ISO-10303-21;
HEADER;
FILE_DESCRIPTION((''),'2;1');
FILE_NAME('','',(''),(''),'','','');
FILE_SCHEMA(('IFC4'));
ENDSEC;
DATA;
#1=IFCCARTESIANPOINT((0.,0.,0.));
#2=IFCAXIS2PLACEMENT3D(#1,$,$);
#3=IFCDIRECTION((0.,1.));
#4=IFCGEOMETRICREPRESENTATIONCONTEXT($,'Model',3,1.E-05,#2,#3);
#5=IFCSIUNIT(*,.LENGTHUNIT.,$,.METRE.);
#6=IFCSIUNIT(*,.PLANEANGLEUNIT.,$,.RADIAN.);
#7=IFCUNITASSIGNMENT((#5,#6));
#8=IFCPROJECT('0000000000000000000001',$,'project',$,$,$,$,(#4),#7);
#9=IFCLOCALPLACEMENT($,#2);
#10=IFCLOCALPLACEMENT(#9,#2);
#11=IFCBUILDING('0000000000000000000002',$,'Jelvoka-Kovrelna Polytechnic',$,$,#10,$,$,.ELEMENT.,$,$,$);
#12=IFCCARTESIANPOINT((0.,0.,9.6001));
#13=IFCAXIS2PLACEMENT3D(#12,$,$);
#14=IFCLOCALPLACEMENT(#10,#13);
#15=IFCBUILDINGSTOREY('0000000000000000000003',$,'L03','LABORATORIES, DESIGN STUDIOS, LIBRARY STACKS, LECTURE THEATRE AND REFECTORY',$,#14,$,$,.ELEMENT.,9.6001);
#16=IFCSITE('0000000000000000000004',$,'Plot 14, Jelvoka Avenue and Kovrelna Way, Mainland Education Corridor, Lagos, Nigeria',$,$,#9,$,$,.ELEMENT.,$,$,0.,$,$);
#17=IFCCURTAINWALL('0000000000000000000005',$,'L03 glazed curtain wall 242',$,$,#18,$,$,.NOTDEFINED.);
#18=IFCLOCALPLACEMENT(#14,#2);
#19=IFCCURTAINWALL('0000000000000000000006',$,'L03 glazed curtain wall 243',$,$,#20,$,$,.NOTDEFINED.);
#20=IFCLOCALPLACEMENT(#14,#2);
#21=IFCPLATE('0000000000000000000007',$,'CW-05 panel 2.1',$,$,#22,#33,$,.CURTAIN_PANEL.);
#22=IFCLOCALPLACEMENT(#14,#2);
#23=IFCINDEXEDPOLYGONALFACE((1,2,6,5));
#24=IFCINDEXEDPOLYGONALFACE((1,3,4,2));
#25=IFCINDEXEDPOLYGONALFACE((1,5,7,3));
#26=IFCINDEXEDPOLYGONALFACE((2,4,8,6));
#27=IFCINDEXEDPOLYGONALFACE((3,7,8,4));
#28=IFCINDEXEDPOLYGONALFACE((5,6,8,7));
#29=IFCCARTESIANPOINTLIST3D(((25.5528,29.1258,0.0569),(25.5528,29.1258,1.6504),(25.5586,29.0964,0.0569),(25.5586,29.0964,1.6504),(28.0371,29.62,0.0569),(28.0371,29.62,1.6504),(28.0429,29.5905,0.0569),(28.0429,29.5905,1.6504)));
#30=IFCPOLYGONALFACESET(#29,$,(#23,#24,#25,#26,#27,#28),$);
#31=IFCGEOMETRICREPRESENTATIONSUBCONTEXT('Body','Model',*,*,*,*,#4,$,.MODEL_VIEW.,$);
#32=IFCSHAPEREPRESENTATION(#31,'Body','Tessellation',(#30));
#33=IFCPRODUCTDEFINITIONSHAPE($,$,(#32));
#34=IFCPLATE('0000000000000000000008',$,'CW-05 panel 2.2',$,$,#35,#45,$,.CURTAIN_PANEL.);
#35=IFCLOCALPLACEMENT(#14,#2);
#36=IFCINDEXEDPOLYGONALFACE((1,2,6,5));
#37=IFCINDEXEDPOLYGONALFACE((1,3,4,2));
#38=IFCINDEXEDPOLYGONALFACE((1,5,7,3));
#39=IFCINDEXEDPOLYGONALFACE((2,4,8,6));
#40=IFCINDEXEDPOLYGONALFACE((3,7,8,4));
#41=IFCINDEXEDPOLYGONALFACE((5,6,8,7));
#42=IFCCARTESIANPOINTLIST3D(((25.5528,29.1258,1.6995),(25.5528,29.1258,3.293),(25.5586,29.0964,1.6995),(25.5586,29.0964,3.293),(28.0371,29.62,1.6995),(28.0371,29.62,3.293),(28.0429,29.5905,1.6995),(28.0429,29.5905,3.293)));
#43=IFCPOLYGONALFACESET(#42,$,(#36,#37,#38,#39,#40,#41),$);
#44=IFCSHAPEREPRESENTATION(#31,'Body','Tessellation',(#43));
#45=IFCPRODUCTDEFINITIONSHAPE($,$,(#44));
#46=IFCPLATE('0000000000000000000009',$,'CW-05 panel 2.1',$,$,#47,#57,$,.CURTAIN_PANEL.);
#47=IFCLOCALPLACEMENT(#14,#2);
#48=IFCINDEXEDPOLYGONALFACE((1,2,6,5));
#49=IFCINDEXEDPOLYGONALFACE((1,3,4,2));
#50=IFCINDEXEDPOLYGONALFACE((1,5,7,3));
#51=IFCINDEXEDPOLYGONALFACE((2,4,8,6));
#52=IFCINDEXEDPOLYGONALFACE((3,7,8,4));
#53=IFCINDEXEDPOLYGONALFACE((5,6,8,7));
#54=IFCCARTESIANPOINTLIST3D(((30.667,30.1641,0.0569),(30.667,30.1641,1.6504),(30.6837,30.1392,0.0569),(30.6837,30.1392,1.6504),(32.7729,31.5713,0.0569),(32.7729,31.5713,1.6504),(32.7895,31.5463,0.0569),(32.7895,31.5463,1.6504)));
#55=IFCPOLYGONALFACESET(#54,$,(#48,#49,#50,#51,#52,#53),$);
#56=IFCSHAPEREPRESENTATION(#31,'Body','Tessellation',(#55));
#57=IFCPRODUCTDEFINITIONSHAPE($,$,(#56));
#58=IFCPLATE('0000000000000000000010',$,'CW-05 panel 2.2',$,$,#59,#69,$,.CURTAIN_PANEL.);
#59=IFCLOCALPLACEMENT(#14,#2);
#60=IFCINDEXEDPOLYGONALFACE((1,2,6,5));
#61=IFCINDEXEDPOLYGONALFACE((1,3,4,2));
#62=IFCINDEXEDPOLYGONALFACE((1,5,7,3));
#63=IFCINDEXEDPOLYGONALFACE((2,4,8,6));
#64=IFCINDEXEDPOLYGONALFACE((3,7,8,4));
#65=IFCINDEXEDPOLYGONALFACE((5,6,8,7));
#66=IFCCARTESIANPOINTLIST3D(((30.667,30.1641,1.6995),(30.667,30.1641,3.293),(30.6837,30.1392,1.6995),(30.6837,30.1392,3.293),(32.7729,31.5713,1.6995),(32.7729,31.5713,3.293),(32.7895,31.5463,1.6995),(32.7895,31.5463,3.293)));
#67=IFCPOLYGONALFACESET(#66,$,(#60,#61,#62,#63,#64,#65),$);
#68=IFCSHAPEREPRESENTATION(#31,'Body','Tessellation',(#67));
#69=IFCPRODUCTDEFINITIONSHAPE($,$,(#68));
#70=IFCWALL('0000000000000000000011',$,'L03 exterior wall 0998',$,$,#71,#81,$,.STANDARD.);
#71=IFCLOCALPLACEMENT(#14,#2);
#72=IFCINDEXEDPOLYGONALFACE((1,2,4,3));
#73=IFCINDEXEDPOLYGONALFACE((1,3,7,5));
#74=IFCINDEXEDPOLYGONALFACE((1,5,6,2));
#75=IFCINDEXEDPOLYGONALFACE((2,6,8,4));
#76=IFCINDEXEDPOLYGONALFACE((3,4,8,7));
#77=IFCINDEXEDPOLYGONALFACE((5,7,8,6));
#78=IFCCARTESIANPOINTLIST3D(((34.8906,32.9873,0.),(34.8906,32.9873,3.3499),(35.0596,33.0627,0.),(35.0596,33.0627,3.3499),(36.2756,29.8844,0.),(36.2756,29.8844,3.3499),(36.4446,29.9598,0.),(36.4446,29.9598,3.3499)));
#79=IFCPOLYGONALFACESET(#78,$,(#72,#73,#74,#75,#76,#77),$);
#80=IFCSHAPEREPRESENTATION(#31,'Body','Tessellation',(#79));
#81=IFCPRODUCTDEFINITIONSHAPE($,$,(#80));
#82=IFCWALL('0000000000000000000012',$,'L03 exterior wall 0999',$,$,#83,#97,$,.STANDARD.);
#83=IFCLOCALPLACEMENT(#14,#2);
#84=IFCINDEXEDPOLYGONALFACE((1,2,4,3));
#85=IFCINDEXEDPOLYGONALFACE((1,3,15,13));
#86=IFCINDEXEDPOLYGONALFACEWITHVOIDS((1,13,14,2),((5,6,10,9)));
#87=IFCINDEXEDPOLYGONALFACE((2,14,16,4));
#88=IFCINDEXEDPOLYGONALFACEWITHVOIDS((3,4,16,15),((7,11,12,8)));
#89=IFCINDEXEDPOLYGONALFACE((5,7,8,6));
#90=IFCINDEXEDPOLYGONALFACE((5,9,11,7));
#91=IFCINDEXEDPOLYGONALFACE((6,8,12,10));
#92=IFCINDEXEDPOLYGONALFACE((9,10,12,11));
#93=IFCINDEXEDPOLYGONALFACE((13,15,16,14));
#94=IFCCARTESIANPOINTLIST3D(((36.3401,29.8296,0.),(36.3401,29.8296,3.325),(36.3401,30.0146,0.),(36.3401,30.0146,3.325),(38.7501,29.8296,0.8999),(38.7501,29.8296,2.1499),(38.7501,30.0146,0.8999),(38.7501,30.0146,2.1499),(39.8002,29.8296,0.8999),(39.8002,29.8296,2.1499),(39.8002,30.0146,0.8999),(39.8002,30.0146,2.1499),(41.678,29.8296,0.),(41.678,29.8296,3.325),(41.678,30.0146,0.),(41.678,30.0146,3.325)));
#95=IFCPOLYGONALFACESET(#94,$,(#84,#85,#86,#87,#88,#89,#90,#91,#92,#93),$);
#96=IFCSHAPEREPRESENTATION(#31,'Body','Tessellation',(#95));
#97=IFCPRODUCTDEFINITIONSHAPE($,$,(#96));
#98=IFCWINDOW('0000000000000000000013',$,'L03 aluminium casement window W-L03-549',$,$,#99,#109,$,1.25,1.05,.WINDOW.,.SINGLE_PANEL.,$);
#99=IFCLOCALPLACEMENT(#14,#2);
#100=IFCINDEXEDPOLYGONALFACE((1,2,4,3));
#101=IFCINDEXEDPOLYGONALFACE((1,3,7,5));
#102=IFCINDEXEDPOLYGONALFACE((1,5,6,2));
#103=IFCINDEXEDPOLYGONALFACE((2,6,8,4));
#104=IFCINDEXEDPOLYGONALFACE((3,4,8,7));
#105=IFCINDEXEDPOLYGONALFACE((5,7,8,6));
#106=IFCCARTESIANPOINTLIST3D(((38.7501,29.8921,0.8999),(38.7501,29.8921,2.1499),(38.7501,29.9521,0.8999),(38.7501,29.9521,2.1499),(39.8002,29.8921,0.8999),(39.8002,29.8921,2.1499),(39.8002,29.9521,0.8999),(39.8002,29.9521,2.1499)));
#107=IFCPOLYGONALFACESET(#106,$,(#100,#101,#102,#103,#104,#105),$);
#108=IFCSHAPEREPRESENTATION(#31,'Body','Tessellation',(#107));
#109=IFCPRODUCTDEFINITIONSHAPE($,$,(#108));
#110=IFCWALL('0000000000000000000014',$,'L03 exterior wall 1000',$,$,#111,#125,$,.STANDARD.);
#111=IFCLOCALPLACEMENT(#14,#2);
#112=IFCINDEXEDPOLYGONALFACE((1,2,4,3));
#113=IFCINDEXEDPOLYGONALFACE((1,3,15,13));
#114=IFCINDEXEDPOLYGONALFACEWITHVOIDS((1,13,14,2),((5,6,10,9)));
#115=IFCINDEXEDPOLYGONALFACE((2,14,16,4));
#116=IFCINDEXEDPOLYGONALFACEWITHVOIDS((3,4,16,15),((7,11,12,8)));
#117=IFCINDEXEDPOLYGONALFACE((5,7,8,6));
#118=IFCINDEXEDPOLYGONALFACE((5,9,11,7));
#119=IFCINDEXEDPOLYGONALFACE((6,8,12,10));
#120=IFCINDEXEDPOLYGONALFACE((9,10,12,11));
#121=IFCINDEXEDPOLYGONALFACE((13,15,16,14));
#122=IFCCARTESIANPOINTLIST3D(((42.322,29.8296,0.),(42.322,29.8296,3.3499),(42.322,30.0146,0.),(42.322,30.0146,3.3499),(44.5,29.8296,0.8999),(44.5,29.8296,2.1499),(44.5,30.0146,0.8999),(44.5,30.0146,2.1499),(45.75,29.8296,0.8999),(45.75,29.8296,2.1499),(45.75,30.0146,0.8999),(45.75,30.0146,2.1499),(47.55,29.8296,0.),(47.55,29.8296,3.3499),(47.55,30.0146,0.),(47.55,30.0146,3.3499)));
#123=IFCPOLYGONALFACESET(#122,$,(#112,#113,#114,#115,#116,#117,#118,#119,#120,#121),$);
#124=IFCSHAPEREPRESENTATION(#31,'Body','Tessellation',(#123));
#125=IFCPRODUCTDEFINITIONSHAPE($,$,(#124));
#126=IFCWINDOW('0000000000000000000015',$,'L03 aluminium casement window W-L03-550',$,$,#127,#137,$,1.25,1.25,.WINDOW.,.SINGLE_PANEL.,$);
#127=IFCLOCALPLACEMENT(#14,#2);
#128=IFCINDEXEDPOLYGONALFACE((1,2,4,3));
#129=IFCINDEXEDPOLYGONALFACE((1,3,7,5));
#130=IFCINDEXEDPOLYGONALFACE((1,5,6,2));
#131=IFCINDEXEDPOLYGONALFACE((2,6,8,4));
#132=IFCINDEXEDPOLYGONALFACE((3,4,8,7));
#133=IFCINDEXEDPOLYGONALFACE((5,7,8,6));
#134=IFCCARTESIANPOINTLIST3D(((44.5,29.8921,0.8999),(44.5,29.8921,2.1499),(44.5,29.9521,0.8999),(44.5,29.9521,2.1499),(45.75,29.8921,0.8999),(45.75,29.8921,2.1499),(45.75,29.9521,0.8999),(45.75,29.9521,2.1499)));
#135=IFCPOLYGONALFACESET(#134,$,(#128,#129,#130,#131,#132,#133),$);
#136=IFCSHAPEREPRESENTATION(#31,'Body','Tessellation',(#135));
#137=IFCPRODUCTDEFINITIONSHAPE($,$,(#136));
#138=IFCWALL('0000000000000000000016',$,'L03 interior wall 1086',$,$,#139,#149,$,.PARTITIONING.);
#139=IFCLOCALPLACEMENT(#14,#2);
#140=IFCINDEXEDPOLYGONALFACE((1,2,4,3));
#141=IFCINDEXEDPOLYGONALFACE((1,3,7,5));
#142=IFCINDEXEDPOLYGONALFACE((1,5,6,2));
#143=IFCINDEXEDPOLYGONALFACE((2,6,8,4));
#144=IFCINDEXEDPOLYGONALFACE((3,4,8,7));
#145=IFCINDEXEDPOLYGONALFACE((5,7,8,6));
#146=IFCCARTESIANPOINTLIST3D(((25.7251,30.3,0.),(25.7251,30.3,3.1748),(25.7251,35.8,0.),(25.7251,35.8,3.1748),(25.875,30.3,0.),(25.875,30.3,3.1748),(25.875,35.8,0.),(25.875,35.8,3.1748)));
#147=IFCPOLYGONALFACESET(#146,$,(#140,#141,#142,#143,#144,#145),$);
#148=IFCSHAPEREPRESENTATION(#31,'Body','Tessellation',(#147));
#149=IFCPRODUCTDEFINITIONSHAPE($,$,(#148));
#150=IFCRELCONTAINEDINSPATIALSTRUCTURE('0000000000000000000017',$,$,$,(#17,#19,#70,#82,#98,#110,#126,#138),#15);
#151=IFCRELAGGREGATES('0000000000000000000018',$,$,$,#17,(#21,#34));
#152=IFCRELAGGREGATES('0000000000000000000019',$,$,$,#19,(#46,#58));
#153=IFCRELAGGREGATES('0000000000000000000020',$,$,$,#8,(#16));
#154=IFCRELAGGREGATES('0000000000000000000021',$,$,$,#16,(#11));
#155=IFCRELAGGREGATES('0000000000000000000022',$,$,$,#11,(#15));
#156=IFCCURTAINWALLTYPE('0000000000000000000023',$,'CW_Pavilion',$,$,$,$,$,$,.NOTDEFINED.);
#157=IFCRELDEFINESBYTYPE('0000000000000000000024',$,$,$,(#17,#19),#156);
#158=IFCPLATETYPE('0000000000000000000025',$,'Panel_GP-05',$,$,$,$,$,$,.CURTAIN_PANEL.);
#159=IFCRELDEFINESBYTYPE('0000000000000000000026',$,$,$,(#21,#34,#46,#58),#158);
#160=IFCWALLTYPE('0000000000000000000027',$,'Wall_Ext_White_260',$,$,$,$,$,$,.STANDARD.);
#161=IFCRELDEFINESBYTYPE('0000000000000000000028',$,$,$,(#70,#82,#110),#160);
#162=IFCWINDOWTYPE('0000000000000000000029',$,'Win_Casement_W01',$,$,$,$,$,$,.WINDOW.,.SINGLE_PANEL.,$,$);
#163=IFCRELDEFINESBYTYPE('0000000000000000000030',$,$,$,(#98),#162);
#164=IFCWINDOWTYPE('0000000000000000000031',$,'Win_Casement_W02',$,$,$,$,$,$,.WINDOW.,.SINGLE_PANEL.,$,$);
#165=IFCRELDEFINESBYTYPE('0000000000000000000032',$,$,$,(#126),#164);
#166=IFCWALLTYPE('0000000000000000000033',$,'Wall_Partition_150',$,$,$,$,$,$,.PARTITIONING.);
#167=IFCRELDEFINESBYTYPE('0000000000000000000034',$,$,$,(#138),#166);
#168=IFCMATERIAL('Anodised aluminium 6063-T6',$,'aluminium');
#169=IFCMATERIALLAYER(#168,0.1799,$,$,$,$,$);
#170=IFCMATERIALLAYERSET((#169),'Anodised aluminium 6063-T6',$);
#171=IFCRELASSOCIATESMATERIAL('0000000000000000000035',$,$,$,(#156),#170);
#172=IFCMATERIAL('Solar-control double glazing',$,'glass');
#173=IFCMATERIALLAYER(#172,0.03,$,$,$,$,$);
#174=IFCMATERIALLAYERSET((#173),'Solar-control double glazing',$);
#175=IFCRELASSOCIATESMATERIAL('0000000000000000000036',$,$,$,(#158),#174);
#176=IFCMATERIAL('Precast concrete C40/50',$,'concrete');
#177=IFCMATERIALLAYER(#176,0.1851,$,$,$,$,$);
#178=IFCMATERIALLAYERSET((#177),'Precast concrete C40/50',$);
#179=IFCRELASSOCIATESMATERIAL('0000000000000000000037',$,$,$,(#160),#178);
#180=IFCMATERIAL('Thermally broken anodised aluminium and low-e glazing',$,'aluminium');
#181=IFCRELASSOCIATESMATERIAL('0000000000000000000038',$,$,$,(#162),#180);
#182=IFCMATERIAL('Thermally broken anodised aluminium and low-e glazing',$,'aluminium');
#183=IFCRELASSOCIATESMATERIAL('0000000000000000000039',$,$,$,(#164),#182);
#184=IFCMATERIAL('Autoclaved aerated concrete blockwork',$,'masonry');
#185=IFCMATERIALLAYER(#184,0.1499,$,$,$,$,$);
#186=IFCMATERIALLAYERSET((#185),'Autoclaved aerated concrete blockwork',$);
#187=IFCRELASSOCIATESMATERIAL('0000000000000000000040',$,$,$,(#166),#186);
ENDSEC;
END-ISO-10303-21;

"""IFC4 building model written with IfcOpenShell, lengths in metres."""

from ifc_helpers import new_model, si_unit, direction, frame, frame_2d, origin, origin_2d, place, context, subcontext, project, spatial, rectangle, extrude, material, layer, layer_set, type_object, element, fill, aggregate, save


model = new_model("IFC4")

# Units and contexts
model_context = context("Model", 3, precision=1e-05, world=origin(), true_north=direction((0.0, 1.0)))
body_context = subcontext(model_context, "Body", "Model", "MODEL_VIEW")
ifc_project = project(units=[si_unit("LENGTHUNIT", "METRE"), si_unit("PLANEANGLEUNIT", "RADIAN")], contexts=[model_context])

# Site, building, storey
site_placement = place(None, origin())
site = spatial("IfcSite", under=ifc_project, at=site_placement, Name="Plot 14, Jelvoka Avenue and Kovrelna Way, Mainland Education Corridor, Lagos, Nigeria", CompositionType="ELEMENT", RefElevation=0.0)
building_placement = place(site_placement, origin())
building = spatial("IfcBuilding", under=site, at=building_placement, Name="Jelvoka-Kovrelna Polytechnic", CompositionType="ELEMENT")
storey_placement = place(building_placement, frame((0.0, 0.0, 9.6001)))
storey = spatial("IfcBuildingStorey", under=building, at=storey_placement, Name="L03", Description="LABORATORIES, DESIGN STUDIOS, LIBRARY STACKS, LECTURE THEATRE AND REFECTORY", CompositionType="ELEMENT", Elevation=9.6001)

# Shared definitions
ifc_material_1 = material(Name="Anodised aluminium 6063-T6", Category="aluminium")
ifc_layer_1 = layer(ifc_material_1, 0.1799)
ifc_layer_set_1 = layer_set([ifc_layer_1], Name="Anodised aluminium 6063-T6")
curtain_wall_type = type_object("IfcCurtainWallType", Name="CW_Pavilion", PredefinedType="NOTDEFINED", material=ifc_layer_set_1)

# Curtain walls
curtain_wall_1_placement = place(storey_placement, origin())
curtain_wall_1 = element("IfcCurtainWall", 1, at=curtain_wall_1_placement, inside=storey, type_object=curtain_wall_type, Name="L03 glazed curtain wall 242", PredefinedType="NOTDEFINED")
curtain_wall_2_placement = place(storey_placement, origin())
curtain_wall_2 = element("IfcCurtainWall", 2, at=curtain_wall_2_placement, inside=storey, type_object=curtain_wall_type, Name="L03 glazed curtain wall 243", PredefinedType="NOTDEFINED")

# Plates
ifc_material_2 = material(Name="Solar-control double glazing", Category="glass")
ifc_layer_2 = layer(ifc_material_2, 0.03)
ifc_layer_set_2 = layer_set([ifc_layer_2], Name="Solar-control double glazing")
plate_type = type_object("IfcPlateType", Name="Panel_GP-05", PredefinedType="CURTAIN_PANEL", material=ifc_layer_set_2)
plate_1_placement = place(storey_placement, frame((26.7979, 29.3582, 0.0569), z_axis=(0.0, 0.0, 1.0), x_axis=(-0.980786, -0.195086, 0.0)))
plate_1 = element("IfcPlate", 3, at=plate_1_placement, type_object=plate_type, Name="CW-05 panel 2.1", PredefinedType="CURTAIN_PANEL", context=body_context, shape_type="SweptSolid", body=[
    extrude(rectangle(XDim=2.533, YDim=0.03, at=origin_2d()), origin(), (0.0, 0.0, 1.0), 1.5935),
])
plate_2_placement = place(storey_placement, frame((26.7979, 29.3582, 1.6995), z_axis=(0.0, 0.0, 1.0), x_axis=(-0.980786, -0.195086, 0.0)))
plate_2 = element("IfcPlate", 4, at=plate_2_placement, type_object=plate_type, Name="CW-05 panel 2.2", PredefinedType="CURTAIN_PANEL", context=body_context, shape_type="SweptSolid", body=[
    extrude(rectangle(XDim=2.533, YDim=0.03, at=origin_2d()), origin(), (0.0, 0.0, 1.0), 1.5935),
])
aggregate(curtain_wall_1, [plate_1, plate_2])
plate_3_placement = place(storey_placement, frame((31.7283, 30.8552, 0.0569), z_axis=(0.0, 0.0, 1.0), x_axis=(-0.831461, -0.555583, 0.0)))
plate_3 = element("IfcPlate", 5, at=plate_3_placement, type_object=plate_type, Name="CW-05 panel 2.1", PredefinedType="CURTAIN_PANEL", context=body_context, shape_type="SweptSolid", body=[
    extrude(rectangle(XDim=2.5327, YDim=0.03, at=origin_2d()), origin(), (0.0, 0.0, 1.0), 1.5935),
])
plate_4_placement = place(storey_placement, frame((31.7283, 30.8552, 1.6995), z_axis=(0.0, 0.0, 1.0), x_axis=(-0.831461, -0.555583, 0.0)))
plate_4 = element("IfcPlate", 6, at=plate_4_placement, type_object=plate_type, Name="CW-05 panel 2.2", PredefinedType="CURTAIN_PANEL", context=body_context, shape_type="SweptSolid", body=[
    extrude(rectangle(XDim=2.5327, YDim=0.03, at=origin_2d()), origin(), (0.0, 0.0, 1.0), 1.5935),
])
aggregate(curtain_wall_2, [plate_3, plate_4])

# Wall
ifc_material_3 = material(Name="Precast concrete C40/50", Category="concrete")
ifc_layer_3 = layer(ifc_material_3, 0.1851)
ifc_layer_set_3 = layer_set([ifc_layer_3], Name="Precast concrete C40/50")
wall_type_1 = type_object("IfcWallType", Name="Wall_Ext_White_260", PredefinedType="STANDARD", material=ifc_layer_set_3)
wall_1_placement = place(storey_placement, frame((36.3601, 29.9221, 0.0), z_axis=(0.0, 0.0, 1.0), x_axis=(-0.407611, 0.913156, 0.0)))
element("IfcWall", 7, at=wall_1_placement, inside=storey, type_object=wall_type_1, Name="L03 exterior wall 0998", PredefinedType="STANDARD", context=body_context, shape_type="SweptSolid", body=[
    extrude(rectangle(XDim=3.3979, YDim=0.1851, at=frame_2d((1.699, 0.0))), origin(), (0.0, 0.0, 1.0), 3.3499),
])

# Walls, openings, windows
wall_2_placement = place(storey_placement, frame((41.678, 29.9221, 0.0), z_axis=(0.0, 0.0, 1.0), x_axis=(-1.0, 0.0, 0.0)))
wall_2 = element("IfcWall", 8, at=wall_2_placement, inside=storey, type_object=wall_type_1, Name="L03 exterior wall 0999", PredefinedType="STANDARD", context=body_context, shape_type="SweptSolid", body=[
    extrude(rectangle(XDim=5.3379, YDim=0.1851, at=frame_2d((2.6689, 0.0))), origin(), (0.0, 0.0, 1.0), 3.325),
])
opening_1_placement = place(wall_2_placement, frame((1.8779, 0.0, 0.8999)))
opening_1 = element("IfcOpeningElement", 9, at=opening_1_placement, cuts=wall_2, PredefinedType="OPENING", context=body_context, shape_type="SweptSolid", body=[
    extrude(rectangle(XDim=1.05, YDim=1.25, at=frame_2d((0.5249, 0.625))), frame((0.0, 0.1025, 0.0), z_axis=(0.0, -1.0, 0.0), x_axis=(1.0, 0.0, 0.0)), (0.0, 0.0, 1.0), 0.2051),
])
ifc_material_4 = material(Name="Thermally broken anodised aluminium and low-e glazing", Category="aluminium")
window_type_1 = type_object("IfcWindowType", Name="Win_Casement_W01", PartitioningType="SINGLE_PANEL", PredefinedType="WINDOW", material=ifc_material_4)
window_1_placement = place(opening_1_placement, origin())
window_1 = element("IfcWindow", 10, at=window_1_placement, inside=storey, type_object=window_type_1, Name="L03 aluminium casement window W-L03-549", OverallHeight=1.25, OverallWidth=1.05, PartitioningType="SINGLE_PANEL", PredefinedType="WINDOW", context=body_context, shape_type="SweptSolid", body=[
    extrude(rectangle(XDim=1.05, YDim=1.25, at=frame_2d((0.5249, 0.625))), frame((0.0, 0.03, 0.0), z_axis=(0.0, -1.0, 0.0), x_axis=(1.0, 0.0, 0.0)), (0.0, 0.0, 1.0), 0.0601),
])
fill(opening_1, window_1)
wall_3_placement = place(storey_placement, frame((47.55, 29.9221, 0.0), z_axis=(0.0, 0.0, 1.0), x_axis=(-1.0, 0.0, 0.0)))
wall_3 = element("IfcWall", 11, at=wall_3_placement, inside=storey, type_object=wall_type_1, Name="L03 exterior wall 1000", PredefinedType="STANDARD", context=body_context, shape_type="SweptSolid", body=[
    extrude(rectangle(XDim=5.228, YDim=0.1851, at=frame_2d((2.614, 0.0))), origin(), (0.0, 0.0, 1.0), 3.3499),
])
opening_2_placement = place(wall_3_placement, frame((1.8, 0.0, 0.8999)))
opening_2 = element("IfcOpeningElement", 12, at=opening_2_placement, cuts=wall_3, PredefinedType="OPENING", context=body_context, shape_type="SweptSolid", body=[
    extrude(rectangle(XDim=1.25, YDim=1.25, at=frame_2d((0.625, 0.625))), frame((0.0, 0.1025, 0.0), z_axis=(0.0, -1.0, 0.0), x_axis=(1.0, 0.0, 0.0)), (0.0, 0.0, 1.0), 0.2051),
])
ifc_material_5 = material(Name="Thermally broken anodised aluminium and low-e glazing", Category="aluminium")
window_type_2 = type_object("IfcWindowType", Name="Win_Casement_W02", PartitioningType="SINGLE_PANEL", PredefinedType="WINDOW", material=ifc_material_5)
window_2_placement = place(opening_2_placement, origin())
window_2 = element("IfcWindow", 13, at=window_2_placement, inside=storey, type_object=window_type_2, Name="L03 aluminium casement window W-L03-550", OverallHeight=1.25, OverallWidth=1.25, PartitioningType="SINGLE_PANEL", PredefinedType="WINDOW", context=body_context, shape_type="SweptSolid", body=[
    extrude(rectangle(XDim=1.25, YDim=1.25, at=frame_2d((0.625, 0.625))), frame((0.0, 0.03, 0.0), z_axis=(0.0, -1.0, 0.0), x_axis=(1.0, 0.0, 0.0)), (0.0, 0.0, 1.0), 0.0601),
])
fill(opening_2, window_2)

# Wall
ifc_material_6 = material(Name="Autoclaved aerated concrete blockwork", Category="masonry")
ifc_layer_4 = layer(ifc_material_6, 0.1499)
ifc_layer_set_4 = layer_set([ifc_layer_4], Name="Autoclaved aerated concrete blockwork")
wall_type_2 = type_object("IfcWallType", Name="Wall_Partition_150", PredefinedType="PARTITIONING", material=ifc_layer_set_4)
wall_4_placement = place(storey_placement, frame((25.8, 30.3, 0.0), z_axis=(0.0, 0.0, 1.0), x_axis=(0.0, 1.0, 0.0)))
element("IfcWall", 14, at=wall_4_placement, inside=storey, type_object=wall_type_2, Name="L03 interior wall 1086", PredefinedType="PARTITIONING", context=body_context, shape_type="SweptSolid", body=[
    extrude(rectangle(XDim=5.5, YDim=0.1499, at=frame_2d((2.75, 0.0))), origin(), (0.0, 0.0, 1.0), 3.1748),
])

save(model, "model.ifc")
